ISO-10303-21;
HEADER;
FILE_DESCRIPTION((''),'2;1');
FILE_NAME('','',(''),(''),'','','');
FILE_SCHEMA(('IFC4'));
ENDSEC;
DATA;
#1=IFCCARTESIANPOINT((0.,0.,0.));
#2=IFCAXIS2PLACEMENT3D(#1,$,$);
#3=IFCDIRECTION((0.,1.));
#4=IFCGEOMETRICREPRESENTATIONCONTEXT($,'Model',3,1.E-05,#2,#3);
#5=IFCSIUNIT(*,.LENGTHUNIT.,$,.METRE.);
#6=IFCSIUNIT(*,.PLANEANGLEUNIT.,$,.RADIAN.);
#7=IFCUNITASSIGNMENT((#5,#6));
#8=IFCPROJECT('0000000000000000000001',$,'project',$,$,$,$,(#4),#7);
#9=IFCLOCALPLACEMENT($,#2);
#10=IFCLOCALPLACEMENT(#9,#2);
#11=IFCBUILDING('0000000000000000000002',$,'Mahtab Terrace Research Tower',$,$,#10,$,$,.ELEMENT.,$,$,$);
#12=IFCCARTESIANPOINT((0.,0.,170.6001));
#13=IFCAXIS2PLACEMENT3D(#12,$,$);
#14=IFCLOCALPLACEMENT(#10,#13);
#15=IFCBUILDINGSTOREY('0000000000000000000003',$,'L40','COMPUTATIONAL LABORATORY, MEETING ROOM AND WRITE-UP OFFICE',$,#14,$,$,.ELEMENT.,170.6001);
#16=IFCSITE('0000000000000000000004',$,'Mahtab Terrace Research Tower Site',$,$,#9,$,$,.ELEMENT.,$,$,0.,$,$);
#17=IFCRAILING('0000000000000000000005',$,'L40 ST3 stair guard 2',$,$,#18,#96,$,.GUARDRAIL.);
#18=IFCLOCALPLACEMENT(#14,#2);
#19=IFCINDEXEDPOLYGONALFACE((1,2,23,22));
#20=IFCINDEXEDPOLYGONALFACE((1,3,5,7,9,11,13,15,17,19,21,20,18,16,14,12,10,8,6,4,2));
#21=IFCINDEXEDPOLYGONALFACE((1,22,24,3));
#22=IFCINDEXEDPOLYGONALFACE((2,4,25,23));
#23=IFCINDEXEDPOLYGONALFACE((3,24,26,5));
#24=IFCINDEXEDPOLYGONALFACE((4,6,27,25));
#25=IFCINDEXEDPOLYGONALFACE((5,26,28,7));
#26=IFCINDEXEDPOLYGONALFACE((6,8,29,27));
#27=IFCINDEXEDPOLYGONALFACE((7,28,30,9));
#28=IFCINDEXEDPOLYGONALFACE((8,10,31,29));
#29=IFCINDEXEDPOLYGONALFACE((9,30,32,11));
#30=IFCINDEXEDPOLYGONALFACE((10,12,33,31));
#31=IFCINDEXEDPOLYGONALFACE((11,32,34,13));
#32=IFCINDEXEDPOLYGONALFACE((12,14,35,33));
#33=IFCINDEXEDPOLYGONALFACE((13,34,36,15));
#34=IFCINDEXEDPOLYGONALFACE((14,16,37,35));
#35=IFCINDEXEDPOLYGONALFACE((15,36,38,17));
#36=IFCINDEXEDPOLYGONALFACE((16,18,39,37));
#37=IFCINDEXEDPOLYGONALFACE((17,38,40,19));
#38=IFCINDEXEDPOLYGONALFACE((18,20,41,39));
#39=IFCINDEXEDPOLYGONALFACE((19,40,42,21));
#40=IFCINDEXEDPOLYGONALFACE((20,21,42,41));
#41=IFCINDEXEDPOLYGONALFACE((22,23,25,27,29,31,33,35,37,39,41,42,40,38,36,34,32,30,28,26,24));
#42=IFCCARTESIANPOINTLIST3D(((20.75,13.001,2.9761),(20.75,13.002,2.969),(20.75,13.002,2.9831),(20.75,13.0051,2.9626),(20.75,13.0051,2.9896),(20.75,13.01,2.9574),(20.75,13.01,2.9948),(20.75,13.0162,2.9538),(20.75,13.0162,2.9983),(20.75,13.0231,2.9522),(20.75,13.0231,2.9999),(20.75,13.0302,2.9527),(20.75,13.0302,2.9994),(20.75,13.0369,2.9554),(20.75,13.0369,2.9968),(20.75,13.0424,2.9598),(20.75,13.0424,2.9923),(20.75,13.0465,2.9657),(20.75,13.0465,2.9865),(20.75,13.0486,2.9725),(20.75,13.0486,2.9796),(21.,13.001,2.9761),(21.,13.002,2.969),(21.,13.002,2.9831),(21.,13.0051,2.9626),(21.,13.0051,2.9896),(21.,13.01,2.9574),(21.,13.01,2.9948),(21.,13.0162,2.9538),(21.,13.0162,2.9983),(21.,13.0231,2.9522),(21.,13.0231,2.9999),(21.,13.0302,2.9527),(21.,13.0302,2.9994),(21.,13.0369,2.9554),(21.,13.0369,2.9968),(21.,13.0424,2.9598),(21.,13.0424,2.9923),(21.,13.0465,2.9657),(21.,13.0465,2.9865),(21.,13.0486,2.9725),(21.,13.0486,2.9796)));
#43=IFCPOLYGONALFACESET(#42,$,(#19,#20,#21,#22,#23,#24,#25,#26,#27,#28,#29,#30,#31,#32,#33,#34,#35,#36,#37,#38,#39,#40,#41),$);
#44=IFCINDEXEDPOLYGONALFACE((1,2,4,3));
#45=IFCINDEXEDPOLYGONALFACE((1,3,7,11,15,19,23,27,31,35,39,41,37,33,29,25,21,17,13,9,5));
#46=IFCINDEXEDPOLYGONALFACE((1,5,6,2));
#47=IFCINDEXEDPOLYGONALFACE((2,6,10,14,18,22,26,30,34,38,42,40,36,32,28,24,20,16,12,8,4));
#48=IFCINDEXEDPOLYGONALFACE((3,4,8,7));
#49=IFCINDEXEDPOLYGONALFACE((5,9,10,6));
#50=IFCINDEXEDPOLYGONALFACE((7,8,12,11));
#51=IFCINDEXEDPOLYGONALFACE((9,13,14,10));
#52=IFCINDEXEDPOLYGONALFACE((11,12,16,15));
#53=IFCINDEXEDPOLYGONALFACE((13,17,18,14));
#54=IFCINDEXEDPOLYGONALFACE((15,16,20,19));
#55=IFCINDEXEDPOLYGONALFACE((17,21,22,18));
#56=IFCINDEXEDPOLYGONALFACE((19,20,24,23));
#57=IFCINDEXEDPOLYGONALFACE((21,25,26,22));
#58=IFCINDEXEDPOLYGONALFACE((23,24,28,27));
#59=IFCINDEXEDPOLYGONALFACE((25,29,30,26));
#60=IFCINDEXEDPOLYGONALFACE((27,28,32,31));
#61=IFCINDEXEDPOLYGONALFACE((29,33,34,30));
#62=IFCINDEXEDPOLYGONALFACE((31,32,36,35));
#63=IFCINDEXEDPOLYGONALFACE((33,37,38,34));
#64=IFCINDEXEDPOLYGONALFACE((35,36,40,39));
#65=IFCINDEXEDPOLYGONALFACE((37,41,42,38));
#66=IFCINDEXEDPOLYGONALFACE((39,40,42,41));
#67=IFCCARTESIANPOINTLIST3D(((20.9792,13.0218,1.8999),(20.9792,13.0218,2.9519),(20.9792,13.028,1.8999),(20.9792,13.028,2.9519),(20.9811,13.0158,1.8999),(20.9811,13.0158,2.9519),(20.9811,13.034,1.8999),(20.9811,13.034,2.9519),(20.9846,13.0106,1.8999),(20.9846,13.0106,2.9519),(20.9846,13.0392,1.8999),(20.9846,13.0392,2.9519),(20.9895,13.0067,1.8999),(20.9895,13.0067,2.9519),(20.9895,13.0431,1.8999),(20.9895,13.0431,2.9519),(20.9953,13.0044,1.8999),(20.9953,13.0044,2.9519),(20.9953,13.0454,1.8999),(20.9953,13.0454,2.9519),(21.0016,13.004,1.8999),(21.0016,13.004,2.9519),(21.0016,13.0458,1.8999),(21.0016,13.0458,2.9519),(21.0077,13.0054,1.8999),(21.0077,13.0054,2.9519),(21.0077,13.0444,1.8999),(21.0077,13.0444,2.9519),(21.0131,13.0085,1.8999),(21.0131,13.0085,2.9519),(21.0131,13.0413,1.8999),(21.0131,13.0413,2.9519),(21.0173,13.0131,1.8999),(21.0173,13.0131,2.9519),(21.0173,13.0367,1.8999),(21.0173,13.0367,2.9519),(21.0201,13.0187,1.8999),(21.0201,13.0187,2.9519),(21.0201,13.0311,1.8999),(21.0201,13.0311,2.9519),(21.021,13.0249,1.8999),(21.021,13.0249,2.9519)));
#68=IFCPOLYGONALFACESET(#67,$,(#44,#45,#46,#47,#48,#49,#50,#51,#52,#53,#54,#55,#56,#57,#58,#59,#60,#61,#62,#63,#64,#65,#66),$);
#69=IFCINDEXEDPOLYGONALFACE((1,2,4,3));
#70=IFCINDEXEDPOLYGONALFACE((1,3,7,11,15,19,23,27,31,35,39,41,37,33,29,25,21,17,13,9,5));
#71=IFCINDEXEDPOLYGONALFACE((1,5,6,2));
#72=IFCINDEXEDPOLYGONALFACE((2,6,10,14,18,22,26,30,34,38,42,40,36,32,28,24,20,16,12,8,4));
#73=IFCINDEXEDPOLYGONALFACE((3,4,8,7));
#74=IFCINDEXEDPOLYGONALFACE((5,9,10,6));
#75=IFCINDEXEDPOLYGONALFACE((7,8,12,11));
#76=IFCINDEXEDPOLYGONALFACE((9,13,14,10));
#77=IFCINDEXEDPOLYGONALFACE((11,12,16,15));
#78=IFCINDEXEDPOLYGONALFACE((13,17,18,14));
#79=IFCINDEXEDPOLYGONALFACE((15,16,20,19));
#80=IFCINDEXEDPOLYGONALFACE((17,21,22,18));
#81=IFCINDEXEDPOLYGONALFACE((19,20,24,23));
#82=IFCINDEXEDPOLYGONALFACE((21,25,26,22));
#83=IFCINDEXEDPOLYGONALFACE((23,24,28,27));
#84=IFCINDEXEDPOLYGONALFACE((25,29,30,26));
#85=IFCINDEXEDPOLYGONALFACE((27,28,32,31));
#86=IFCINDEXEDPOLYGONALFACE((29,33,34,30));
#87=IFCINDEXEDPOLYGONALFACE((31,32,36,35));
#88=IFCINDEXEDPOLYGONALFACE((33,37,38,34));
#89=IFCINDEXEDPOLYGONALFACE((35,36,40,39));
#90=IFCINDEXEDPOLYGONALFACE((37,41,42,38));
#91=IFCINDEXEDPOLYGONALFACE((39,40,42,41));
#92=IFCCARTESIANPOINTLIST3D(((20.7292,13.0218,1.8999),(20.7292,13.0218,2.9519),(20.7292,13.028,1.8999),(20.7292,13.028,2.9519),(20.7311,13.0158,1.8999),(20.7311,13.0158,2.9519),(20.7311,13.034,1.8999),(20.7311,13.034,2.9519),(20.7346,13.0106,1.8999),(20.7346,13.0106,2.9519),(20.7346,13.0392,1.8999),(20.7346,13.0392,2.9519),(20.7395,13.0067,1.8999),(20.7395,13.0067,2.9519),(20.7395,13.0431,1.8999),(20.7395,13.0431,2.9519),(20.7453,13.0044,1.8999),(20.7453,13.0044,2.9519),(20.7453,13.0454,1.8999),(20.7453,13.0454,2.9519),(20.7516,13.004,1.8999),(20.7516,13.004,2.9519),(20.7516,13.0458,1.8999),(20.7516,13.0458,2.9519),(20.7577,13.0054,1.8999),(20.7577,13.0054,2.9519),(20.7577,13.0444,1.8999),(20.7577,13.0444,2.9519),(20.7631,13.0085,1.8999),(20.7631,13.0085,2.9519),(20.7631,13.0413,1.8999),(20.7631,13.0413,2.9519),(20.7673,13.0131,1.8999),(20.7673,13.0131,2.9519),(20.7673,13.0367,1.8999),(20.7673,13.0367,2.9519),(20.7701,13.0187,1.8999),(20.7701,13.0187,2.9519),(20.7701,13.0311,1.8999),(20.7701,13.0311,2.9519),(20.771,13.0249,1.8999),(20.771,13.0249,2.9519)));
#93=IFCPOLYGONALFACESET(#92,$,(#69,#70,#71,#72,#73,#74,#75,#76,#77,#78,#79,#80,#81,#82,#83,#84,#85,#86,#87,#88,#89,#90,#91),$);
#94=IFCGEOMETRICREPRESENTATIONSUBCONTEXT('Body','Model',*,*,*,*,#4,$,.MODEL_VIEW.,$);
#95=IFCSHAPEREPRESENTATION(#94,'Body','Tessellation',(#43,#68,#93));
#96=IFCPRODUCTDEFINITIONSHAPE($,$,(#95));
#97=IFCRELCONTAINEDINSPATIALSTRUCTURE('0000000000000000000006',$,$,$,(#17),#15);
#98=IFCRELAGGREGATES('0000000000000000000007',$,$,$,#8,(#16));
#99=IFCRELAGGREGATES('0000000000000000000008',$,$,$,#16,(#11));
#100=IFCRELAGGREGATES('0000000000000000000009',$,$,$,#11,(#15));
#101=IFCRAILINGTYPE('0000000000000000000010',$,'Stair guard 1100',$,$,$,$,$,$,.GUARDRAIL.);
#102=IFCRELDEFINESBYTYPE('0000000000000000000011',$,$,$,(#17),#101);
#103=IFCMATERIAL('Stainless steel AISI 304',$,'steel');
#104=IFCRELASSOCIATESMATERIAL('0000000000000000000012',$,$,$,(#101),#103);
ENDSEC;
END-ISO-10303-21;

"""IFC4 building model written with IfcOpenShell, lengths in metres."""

from ifc_helpers import new_model, si_unit, direction, frame, origin, origin_2d, place, context, subcontext, project, spatial, circle, extrude, material, type_object, element, save


model = new_model("IFC4")

# Units and contexts
model_context = context("Model", 3, precision=1e-05, world=origin(), true_north=direction((0.0, 1.0)))
body_context = subcontext(model_context, "Body", "Model", "MODEL_VIEW")
ifc_project = project(units=[si_unit("LENGTHUNIT", "METRE"), si_unit("PLANEANGLEUNIT", "RADIAN")], contexts=[model_context])

# Site, building, storey
site_placement = place(None, origin())
site = spatial("IfcSite", under=ifc_project, at=site_placement, Name="Mahtab Terrace Research Tower Site", CompositionType="ELEMENT", RefElevation=0.0)
building_placement = place(site_placement, origin())
building = spatial("IfcBuilding", under=site, at=building_placement, Name="Mahtab Terrace Research Tower", CompositionType="ELEMENT")
storey_placement = place(building_placement, frame((0.0, 0.0, 170.6001)))
storey = spatial("IfcBuildingStorey", under=building, at=storey_placement, Name="L40", Description="COMPUTATIONAL LABORATORY, MEETING ROOM AND WRITE-UP OFFICE", CompositionType="ELEMENT", Elevation=170.6001)

# Shared definitions
ifc_material_1 = material(Name="Stainless steel AISI 304", Category="steel")

# Railing
railing_type_1 = type_object("IfcRailingType", Name="Stair guard 1100", PredefinedType="GUARDRAIL", material=ifc_material_1)
railing_1_placement = place(storey_placement, frame((21.0, 13.0249, 1.8999)))
element("IfcRailing", 1, at=railing_1_placement, inside=storey, type_object=railing_type_1, Name="L40 ST3 stair guard 2", PredefinedType="GUARDRAIL", context=body_context, shape_type="SweptSolid", body=[
    extrude(circle(Radius=0.0239, at=origin_2d()), frame((0.0, 0.0, 1.0762), z_axis=(-1.0, 0.0, 0.0), x_axis=(0.0, -1.0, 0.0)), (0.0, 0.0, 1.0), 0.25),
    extrude(circle(Radius=0.021, at=origin_2d()), origin(), (0.0, 0.0, 1.0), 1.052),
    extrude(circle(Radius=0.021, at=origin_2d()), frame((-0.25, 0.0, 0.0)), (0.0, 0.0, 1.0), 1.052),
])

save(model, "model.ifc")
